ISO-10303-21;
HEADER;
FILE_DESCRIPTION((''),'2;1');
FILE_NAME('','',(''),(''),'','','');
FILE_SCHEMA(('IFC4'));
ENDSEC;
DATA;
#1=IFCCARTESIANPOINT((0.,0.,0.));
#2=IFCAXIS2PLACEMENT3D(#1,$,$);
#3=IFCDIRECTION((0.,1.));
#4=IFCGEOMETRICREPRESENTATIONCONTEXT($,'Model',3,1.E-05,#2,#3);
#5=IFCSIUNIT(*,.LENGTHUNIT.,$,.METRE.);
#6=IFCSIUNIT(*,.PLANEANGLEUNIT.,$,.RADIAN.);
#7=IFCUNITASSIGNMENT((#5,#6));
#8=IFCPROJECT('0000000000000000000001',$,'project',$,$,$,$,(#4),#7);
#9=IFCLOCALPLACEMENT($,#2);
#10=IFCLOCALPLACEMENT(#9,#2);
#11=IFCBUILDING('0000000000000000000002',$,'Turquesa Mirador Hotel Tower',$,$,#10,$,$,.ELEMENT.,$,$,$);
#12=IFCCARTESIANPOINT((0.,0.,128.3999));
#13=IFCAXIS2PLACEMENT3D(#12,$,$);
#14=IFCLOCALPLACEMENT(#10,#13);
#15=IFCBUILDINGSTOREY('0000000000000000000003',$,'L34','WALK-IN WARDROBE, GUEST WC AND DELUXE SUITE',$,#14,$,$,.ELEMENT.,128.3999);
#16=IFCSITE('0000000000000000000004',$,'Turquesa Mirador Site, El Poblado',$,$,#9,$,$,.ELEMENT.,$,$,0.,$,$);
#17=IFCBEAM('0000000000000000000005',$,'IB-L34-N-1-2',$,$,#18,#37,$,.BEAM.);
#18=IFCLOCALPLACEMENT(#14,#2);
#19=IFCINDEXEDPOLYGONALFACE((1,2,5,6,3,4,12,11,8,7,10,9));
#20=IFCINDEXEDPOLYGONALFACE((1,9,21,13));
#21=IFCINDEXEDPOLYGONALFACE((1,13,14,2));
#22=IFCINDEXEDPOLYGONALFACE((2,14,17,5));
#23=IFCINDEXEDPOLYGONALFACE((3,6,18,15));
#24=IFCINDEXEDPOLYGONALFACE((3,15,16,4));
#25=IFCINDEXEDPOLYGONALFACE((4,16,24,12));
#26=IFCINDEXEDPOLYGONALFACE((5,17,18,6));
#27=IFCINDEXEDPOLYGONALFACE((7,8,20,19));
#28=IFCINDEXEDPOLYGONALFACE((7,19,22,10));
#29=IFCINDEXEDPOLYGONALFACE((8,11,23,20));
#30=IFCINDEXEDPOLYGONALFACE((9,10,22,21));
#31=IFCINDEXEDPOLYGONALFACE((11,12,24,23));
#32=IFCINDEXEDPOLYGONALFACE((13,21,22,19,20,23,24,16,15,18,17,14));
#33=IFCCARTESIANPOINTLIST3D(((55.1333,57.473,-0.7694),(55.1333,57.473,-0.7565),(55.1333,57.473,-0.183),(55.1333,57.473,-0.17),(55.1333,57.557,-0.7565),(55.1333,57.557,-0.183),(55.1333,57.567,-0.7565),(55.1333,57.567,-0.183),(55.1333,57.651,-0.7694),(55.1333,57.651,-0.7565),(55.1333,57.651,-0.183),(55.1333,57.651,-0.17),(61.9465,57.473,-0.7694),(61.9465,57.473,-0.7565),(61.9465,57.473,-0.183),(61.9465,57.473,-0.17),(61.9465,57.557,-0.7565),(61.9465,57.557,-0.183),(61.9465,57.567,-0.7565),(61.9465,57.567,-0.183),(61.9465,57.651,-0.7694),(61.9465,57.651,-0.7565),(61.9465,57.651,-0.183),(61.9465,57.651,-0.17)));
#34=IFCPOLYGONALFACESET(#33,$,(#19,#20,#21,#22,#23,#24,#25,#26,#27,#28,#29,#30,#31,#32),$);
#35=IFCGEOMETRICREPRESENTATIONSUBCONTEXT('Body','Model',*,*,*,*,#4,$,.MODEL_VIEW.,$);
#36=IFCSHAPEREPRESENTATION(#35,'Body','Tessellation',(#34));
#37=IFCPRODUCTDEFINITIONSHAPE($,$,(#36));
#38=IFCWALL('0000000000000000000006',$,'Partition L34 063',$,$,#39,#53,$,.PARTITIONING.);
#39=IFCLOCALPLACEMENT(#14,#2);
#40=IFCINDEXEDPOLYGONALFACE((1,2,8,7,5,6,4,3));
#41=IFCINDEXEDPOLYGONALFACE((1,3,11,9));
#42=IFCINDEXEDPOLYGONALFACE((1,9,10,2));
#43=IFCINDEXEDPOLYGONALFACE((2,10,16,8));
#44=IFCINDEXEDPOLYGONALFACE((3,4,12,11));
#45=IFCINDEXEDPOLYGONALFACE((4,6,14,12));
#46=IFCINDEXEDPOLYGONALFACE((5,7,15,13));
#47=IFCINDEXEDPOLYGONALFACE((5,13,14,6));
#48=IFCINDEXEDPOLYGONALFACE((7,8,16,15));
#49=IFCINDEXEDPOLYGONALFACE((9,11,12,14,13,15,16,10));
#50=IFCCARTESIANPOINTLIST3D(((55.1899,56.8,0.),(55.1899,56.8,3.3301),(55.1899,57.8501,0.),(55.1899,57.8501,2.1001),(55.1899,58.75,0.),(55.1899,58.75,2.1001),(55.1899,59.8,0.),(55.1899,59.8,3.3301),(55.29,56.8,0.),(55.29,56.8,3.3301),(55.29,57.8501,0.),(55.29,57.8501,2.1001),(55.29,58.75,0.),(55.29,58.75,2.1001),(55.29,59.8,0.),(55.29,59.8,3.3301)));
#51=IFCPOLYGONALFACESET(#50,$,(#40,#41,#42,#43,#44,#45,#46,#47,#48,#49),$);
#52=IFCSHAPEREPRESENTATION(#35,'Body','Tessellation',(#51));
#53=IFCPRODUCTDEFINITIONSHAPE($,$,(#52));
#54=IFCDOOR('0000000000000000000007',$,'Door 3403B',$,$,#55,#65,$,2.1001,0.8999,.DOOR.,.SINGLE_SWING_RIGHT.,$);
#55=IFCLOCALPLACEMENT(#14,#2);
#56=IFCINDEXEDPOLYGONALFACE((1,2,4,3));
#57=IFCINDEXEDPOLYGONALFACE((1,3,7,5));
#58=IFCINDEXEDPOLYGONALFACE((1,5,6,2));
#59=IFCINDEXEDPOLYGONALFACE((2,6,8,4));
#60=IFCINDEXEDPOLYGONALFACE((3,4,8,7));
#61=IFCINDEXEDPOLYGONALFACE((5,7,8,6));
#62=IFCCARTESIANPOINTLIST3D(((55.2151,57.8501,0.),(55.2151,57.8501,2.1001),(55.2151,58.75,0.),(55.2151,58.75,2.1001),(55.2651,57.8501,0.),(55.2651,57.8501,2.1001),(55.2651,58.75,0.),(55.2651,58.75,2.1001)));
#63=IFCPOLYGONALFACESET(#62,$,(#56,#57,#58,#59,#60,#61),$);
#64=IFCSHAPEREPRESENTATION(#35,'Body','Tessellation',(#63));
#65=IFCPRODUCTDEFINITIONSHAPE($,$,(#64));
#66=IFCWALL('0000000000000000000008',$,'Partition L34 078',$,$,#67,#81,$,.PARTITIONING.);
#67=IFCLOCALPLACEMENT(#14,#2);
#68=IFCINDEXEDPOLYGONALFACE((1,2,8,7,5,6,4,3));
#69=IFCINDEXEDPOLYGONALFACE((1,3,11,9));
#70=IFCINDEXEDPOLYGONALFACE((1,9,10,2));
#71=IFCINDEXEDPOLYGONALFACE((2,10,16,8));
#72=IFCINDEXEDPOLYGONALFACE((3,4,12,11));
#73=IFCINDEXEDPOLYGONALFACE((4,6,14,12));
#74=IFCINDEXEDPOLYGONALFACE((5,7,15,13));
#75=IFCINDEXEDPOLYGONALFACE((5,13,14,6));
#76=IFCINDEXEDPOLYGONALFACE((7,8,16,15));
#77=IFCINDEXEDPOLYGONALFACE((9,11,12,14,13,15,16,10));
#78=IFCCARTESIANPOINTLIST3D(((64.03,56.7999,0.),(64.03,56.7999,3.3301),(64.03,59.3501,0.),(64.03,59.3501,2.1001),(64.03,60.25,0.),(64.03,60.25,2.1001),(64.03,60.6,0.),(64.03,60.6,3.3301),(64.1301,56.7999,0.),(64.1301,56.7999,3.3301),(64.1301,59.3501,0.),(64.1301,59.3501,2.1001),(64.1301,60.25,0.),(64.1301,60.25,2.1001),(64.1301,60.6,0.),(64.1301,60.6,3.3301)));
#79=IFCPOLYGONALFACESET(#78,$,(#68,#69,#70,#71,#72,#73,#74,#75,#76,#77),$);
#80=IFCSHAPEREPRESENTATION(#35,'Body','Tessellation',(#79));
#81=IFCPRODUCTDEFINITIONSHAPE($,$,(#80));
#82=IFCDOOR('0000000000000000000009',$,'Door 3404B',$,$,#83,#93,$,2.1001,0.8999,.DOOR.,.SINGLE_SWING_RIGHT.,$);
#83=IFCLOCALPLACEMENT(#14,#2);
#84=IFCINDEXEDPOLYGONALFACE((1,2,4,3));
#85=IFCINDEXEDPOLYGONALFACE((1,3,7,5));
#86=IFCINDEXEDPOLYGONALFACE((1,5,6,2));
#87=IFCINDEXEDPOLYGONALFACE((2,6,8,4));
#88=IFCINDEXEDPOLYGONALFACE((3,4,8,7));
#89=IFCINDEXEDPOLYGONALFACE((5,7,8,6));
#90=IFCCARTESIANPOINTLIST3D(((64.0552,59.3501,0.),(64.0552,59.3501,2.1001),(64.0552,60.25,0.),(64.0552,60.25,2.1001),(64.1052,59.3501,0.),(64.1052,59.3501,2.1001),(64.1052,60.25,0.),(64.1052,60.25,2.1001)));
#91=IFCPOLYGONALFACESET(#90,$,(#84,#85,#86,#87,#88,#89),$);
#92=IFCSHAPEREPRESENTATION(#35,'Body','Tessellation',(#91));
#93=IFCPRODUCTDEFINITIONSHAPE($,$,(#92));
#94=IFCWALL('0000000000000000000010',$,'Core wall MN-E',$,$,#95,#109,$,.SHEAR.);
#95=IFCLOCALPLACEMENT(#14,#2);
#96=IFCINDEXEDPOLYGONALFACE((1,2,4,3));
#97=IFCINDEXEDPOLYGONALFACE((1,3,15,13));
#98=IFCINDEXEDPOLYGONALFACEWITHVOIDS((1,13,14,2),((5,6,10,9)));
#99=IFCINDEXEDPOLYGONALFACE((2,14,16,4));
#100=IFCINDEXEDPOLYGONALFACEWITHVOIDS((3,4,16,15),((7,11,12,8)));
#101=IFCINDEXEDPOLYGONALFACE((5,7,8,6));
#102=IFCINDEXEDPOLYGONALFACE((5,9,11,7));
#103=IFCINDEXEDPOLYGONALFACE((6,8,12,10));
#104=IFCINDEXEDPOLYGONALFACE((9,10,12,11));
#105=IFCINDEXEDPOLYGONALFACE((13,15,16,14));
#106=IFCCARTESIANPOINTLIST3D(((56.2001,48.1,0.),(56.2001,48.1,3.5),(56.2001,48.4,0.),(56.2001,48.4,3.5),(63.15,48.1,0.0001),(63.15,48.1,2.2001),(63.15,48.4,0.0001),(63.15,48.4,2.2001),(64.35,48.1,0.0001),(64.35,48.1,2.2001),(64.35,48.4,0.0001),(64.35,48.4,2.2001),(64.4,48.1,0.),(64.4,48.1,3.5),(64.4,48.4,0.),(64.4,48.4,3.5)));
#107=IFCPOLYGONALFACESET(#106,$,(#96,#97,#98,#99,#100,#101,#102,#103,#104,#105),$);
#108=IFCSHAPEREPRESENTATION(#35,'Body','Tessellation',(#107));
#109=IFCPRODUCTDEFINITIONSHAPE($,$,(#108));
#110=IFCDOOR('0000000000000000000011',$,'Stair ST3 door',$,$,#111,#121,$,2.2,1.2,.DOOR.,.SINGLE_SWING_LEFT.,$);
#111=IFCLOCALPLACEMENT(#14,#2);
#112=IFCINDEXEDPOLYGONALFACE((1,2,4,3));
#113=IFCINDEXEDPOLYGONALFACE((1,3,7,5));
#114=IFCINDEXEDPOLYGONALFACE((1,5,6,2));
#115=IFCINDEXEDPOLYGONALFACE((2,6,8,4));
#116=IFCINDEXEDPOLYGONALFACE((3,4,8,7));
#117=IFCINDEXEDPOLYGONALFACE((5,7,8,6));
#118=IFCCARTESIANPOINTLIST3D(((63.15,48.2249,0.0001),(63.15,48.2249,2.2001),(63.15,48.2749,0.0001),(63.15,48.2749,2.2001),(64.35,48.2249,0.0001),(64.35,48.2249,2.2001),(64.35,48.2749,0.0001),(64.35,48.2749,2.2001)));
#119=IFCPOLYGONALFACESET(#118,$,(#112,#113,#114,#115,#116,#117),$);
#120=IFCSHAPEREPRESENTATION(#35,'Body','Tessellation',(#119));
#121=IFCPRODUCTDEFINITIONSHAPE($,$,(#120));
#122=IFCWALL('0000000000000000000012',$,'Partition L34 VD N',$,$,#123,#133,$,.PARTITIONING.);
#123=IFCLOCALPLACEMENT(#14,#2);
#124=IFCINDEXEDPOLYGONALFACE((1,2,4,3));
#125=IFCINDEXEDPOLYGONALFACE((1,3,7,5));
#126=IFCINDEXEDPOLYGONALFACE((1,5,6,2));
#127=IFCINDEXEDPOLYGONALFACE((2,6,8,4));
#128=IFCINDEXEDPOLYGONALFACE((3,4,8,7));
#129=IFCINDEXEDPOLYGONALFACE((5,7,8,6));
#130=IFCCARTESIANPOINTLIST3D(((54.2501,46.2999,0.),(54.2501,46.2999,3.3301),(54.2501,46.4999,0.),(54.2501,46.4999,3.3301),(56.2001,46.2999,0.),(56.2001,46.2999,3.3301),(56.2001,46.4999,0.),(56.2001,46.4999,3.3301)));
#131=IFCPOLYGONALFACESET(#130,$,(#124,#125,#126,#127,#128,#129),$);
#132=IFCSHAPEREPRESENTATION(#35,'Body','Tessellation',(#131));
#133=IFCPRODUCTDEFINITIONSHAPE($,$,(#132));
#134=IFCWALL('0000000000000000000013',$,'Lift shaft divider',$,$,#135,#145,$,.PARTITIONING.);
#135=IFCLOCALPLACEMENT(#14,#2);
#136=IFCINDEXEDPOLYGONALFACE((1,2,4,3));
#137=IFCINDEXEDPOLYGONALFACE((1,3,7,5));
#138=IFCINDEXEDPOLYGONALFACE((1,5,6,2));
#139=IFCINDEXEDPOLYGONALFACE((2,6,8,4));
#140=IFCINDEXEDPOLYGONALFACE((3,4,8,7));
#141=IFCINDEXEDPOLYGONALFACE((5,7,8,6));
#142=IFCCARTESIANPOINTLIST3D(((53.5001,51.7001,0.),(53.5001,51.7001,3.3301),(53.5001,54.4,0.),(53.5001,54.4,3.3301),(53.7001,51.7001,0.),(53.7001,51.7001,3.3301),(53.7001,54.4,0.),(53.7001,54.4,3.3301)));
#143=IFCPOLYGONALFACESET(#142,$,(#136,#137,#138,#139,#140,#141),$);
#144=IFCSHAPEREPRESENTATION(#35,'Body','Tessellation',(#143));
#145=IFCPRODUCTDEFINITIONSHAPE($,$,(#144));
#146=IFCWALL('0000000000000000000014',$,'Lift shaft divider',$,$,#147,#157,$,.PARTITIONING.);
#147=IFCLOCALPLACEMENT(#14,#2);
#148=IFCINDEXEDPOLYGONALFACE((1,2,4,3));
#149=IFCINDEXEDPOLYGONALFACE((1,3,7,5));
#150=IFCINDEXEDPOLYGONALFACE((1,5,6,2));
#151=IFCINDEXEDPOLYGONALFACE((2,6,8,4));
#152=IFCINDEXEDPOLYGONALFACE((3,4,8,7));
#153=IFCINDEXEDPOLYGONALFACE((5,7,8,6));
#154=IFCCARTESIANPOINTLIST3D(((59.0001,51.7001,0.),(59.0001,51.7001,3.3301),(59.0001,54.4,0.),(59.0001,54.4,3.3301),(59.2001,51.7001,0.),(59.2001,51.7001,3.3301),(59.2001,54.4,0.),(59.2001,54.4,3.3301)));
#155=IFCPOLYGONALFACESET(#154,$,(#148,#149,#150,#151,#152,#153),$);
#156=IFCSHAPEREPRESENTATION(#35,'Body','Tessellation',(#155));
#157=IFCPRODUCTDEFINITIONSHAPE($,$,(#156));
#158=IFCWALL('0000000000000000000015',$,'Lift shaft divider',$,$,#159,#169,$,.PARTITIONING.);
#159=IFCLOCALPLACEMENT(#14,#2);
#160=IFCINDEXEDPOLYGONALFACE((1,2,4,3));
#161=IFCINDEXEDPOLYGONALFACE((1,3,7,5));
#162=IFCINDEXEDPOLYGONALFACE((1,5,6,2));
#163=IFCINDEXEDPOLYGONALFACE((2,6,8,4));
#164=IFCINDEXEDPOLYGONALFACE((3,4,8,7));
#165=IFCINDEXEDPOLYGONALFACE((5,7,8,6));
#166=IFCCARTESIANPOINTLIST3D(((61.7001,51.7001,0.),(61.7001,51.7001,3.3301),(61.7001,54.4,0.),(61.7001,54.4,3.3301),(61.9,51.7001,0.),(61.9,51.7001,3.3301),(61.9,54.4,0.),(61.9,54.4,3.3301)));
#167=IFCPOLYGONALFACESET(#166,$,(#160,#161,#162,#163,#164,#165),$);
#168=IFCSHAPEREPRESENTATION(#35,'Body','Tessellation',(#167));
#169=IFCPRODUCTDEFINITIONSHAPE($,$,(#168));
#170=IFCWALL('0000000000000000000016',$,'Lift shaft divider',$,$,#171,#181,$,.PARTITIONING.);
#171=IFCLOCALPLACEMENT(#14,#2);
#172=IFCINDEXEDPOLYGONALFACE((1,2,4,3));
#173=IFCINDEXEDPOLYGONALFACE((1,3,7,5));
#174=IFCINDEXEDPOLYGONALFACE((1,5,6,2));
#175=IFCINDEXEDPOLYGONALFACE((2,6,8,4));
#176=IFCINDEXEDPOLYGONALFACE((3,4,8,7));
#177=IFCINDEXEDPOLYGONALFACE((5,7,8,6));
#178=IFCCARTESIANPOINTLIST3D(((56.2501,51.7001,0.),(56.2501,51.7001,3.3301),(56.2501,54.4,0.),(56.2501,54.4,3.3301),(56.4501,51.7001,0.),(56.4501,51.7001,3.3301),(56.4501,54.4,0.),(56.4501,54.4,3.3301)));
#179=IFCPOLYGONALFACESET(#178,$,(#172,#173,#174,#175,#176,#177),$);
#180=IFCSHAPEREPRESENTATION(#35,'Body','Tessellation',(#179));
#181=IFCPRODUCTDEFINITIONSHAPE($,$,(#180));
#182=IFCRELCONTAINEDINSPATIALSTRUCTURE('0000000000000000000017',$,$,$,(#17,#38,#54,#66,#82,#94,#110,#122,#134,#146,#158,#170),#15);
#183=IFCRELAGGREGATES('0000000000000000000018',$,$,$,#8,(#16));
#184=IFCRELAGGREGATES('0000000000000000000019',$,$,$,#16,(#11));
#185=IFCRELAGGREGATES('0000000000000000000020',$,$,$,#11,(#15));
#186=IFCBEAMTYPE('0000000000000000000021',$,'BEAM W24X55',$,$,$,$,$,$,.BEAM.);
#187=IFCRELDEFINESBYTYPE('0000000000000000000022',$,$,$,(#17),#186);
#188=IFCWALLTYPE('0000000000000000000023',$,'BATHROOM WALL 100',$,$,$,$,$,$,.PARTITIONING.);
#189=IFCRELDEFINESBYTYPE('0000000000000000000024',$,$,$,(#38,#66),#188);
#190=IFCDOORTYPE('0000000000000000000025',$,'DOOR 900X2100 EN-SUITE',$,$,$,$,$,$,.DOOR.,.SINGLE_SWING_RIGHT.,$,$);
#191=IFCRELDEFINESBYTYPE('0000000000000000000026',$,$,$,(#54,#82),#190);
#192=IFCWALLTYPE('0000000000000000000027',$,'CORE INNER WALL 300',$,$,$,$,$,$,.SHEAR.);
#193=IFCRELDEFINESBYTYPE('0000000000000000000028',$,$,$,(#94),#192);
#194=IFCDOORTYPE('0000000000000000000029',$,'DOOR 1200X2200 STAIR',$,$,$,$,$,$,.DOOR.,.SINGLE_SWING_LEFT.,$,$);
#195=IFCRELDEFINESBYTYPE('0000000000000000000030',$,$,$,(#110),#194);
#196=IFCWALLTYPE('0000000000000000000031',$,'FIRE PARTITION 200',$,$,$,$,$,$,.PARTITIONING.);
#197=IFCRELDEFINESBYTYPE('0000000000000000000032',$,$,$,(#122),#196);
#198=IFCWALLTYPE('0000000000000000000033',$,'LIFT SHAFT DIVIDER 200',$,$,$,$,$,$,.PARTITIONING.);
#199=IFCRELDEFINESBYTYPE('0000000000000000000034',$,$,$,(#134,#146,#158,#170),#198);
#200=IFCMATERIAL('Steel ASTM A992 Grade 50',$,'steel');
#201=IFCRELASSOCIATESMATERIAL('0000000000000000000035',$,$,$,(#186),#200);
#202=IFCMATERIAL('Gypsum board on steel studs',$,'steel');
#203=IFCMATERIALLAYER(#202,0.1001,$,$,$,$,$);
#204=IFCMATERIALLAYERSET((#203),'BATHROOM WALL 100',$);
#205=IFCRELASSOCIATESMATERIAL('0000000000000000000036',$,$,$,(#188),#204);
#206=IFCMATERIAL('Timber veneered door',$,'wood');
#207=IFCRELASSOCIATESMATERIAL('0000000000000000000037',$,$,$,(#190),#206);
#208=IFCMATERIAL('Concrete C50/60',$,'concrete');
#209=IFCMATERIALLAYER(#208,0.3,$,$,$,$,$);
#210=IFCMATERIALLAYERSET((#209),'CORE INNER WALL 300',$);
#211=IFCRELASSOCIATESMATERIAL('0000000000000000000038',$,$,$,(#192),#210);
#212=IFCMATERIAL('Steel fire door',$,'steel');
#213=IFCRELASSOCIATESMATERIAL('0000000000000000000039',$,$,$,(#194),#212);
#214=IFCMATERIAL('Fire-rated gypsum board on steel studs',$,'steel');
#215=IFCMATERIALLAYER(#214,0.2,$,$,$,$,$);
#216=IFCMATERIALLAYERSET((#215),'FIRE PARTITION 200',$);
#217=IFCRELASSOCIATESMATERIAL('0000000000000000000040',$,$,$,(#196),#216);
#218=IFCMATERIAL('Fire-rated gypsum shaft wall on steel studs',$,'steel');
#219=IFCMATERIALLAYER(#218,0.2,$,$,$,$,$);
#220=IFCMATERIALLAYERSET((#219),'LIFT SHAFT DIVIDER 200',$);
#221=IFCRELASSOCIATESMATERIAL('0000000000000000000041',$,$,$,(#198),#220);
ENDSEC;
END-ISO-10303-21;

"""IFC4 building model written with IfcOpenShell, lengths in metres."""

from ifc_helpers import new_model, si_unit, direction, frame, frame_2d, origin, origin_2d, place, context, subcontext, project, spatial, rectangle, i_section, extrude, material, layer, layer_set, material_profile, profile_set, type_object, element, fill, save


model = new_model("IFC4")

# Units and contexts
model_context = context("Model", 3, precision=1e-05, world=origin(), true_north=direction((0.0, 1.0)))
body_context = subcontext(model_context, "Body", "Model", "MODEL_VIEW")
ifc_project = project(units=[si_unit("LENGTHUNIT", "METRE"), si_unit("PLANEANGLEUNIT", "RADIAN")], contexts=[model_context])

# Site, building, storey
site_placement = place(None, origin())
site = spatial("IfcSite", under=ifc_project, at=site_placement, Name="Turquesa Mirador Site, El Poblado", CompositionType="ELEMENT", RefElevation=0.0)
building_placement = place(site_placement, origin())
building = spatial("IfcBuilding", under=site, at=building_placement, Name="Turquesa Mirador Hotel Tower", CompositionType="ELEMENT")
storey_placement = place(building_placement, frame((0.0, 0.0, 128.3999)))
storey = spatial("IfcBuildingStorey", under=building, at=storey_placement, Name="L34", Description="WALK-IN WARDROBE, GUEST WC AND DELUXE SUITE", CompositionType="ELEMENT", Elevation=128.3999)

# Beam
ifc_material_1 = material(Name="Steel ASTM A992 Grade 50", Category="steel")
ifc_material_profile = material_profile(ifc_material_1, i_section(OverallWidth=0.178, OverallDepth=0.5994, WebThickness=0.01, FlangeThickness=0.0129, at=origin_2d()), Name="W24X55")
ifc_profile_set = profile_set([ifc_material_profile], Name="Steel ASTM A992 Grade 50")
beam_type = type_object("IfcBeamType", Name="BEAM W24X55", PredefinedType="BEAM", material=ifc_profile_set)
beam_placement = place(storey_placement, frame((55.1333, 57.562, -0.4697), z_axis=(1.0, 0.0, 0.0), x_axis=(0.0, 1.0, 0.0)))
element("IfcBeam", 1, at=beam_placement, inside=storey, type_object=beam_type, Name="IB-L34-N-1-2", PredefinedType="BEAM", context=body_context, shape_type="SweptSolid", body=[
    extrude(i_section(OverallWidth=0.178, OverallDepth=0.5994, WebThickness=0.01, FlangeThickness=0.0129, at=origin_2d()), origin(), (0.0, 0.0, 1.0), 6.8132),
])

# Walls, openings, doors
ifc_material_2 = material(Name="Gypsum board on steel studs", Category="steel")
ifc_layer_1 = layer(ifc_material_2, 0.1001)
ifc_layer_set_1 = layer_set([ifc_layer_1], Name="BATHROOM WALL 100")
wall_type_1 = type_object("IfcWallType", Name="BATHROOM WALL 100", PredefinedType="PARTITIONING", material=ifc_layer_set_1)
wall_1_placement = place(storey_placement, frame((55.24, 56.8, 0.0), z_axis=(0.0, 0.0, 1.0), x_axis=(0.0, 1.0, 0.0)))
wall_1 = element("IfcWall", 2, at=wall_1_placement, inside=storey, type_object=wall_type_1, Name="Partition L34 063", PredefinedType="PARTITIONING", context=body_context, shape_type="SweptSolid", body=[
    extrude(rectangle(XDim=3.0, YDim=0.1001, at=frame_2d((1.5, 0.0))), origin(), (0.0, 0.0, 1.0), 3.3301),
])
opening_1_placement = place(wall_1_placement, frame((1.05, 0.0, 0.0)))
opening_1 = element("IfcOpeningElement", 3, at=opening_1_placement, cuts=wall_1, PredefinedType="OPENING", context=body_context, shape_type="SweptSolid", body=[
    extrude(rectangle(XDim=0.8999, YDim=2.1001, at=frame_2d((0.45, 1.05))), frame((0.0, 0.0601, 0.0), z_axis=(0.0, -1.0, 0.0), x_axis=(1.0, 0.0, 0.0)), (0.0, 0.0, 1.0), 0.1201),
])
ifc_material_3 = material(Name="Timber veneered door", Category="wood")
door_type_1 = type_object("IfcDoorType", Name="DOOR 900X2100 EN-SUITE", OperationType="SINGLE_SWING_RIGHT", PredefinedType="DOOR", material=ifc_material_3)
door_1_placement = place(opening_1_placement, origin())
door_1 = element("IfcDoor", 4, at=door_1_placement, inside=storey, type_object=door_type_1, Name="Door 3403B", OperationType="SINGLE_SWING_RIGHT", OverallHeight=2.1001, OverallWidth=0.8999, PredefinedType="DOOR", context=body_context, shape_type="SweptSolid", body=[
    extrude(rectangle(XDim=0.8999, YDim=2.1001, at=frame_2d((0.45, 1.05))), frame((0.0, 0.0249, 0.0), z_axis=(0.0, -1.0, 0.0), x_axis=(1.0, 0.0, 0.0)), (0.0, 0.0, 1.0), 0.05),
])
fill(opening_1, door_1)
wall_2_placement = place(storey_placement, frame((64.0801, 56.8, 0.0), z_axis=(0.0, 0.0, 1.0), x_axis=(0.0, 1.0, 0.0)))
wall_2 = element("IfcWall", 5, at=wall_2_placement, inside=storey, type_object=wall_type_1, Name="Partition L34 078", PredefinedType="PARTITIONING", context=body_context, shape_type="SweptSolid", body=[
    extrude(rectangle(XDim=3.8, YDim=0.1001, at=frame_2d((1.8999, 0.0))), origin(), (0.0, 0.0, 1.0), 3.3301),
])
opening_2_placement = place(wall_2_placement, frame((2.55, 0.0, 0.0)))
opening_2 = element("IfcOpeningElement", 6, at=opening_2_placement, cuts=wall_2, PredefinedType="OPENING", context=body_context, shape_type="SweptSolid", body=[
    extrude(rectangle(XDim=0.8999, YDim=2.1001, at=frame_2d((0.45, 1.05))), frame((0.0, 0.0601, 0.0), z_axis=(0.0, -1.0, 0.0), x_axis=(1.0, 0.0, 0.0)), (0.0, 0.0, 1.0), 0.1201),
])
door_2_placement = place(opening_2_placement, origin())
door_2 = element("IfcDoor", 7, at=door_2_placement, inside=storey, type_object=door_type_1, Name="Door 3404B", OperationType="SINGLE_SWING_RIGHT", OverallHeight=2.1001, OverallWidth=0.8999, PredefinedType="DOOR", context=body_context, shape_type="SweptSolid", body=[
    extrude(rectangle(XDim=0.8999, YDim=2.1001, at=frame_2d((0.45, 1.05))), frame((0.0, 0.0249, 0.0), z_axis=(0.0, -1.0, 0.0), x_axis=(1.0, 0.0, 0.0)), (0.0, 0.0, 1.0), 0.05),
])
fill(opening_2, door_2)
ifc_material_4 = material(Name="Concrete C50/60", Category="concrete")
ifc_layer_2 = layer(ifc_material_4, 0.3)
ifc_layer_set_2 = layer_set([ifc_layer_2], Name="CORE INNER WALL 300")
wall_type_2 = type_object("IfcWallType", Name="CORE INNER WALL 300", PredefinedType="SHEAR", material=ifc_layer_set_2)
wall_3_placement = place(storey_placement, frame((56.2, 48.25, 0.0), z_axis=(0.0, 0.0, 1.0), x_axis=(1.0, 0.0, 0.0)))
wall_3 = element("IfcWall", 8, at=wall_3_placement, inside=storey, type_object=wall_type_2, Name="Core wall MN-E", PredefinedType="SHEAR", context=body_context, shape_type="SweptSolid", body=[
    extrude(rectangle(XDim=8.2, YDim=0.3, at=frame_2d((4.1001, 0.0))), origin(), (0.0, 0.0, 1.0), 3.5),
])
opening_3_placement = place(wall_3_placement, frame((6.95, 0.0, 0.0)))
opening_3 = element("IfcOpeningElement", 9, at=opening_3_placement, cuts=wall_3, PredefinedType="OPENING", context=body_context, shape_type="SweptSolid", body=[
    extrude(rectangle(XDim=1.2, YDim=2.2, at=frame_2d((0.6001, 1.1001))), frame((0.0, 0.1599, 0.0), z_axis=(0.0, -1.0, 0.0), x_axis=(1.0, 0.0, 0.0)), (0.0, 0.0, 1.0), 0.3201),
])
ifc_material_5 = material(Name="Steel fire door", Category="steel")
door_type_2 = type_object("IfcDoorType", Name="DOOR 1200X2200 STAIR", OperationType="SINGLE_SWING_LEFT", PredefinedType="DOOR", material=ifc_material_5)
door_3_placement = place(opening_3_placement, origin())
door_3 = element("IfcDoor", 10, at=door_3_placement, inside=storey, type_object=door_type_2, Name="Stair ST3 door", OperationType="SINGLE_SWING_LEFT", OverallHeight=2.2, OverallWidth=1.2, PredefinedType="DOOR", context=body_context, shape_type="SweptSolid", body=[
    extrude(rectangle(XDim=1.2, YDim=2.2, at=frame_2d((0.6001, 1.1001))), frame((0.0, 0.0249, 0.0), z_axis=(0.0, -1.0, 0.0), x_axis=(1.0, 0.0, 0.0)), (0.0, 0.0, 1.0), 0.05),
])
fill(opening_3, door_3)

# Walls
ifc_material_6 = material(Name="Fire-rated gypsum board on steel studs", Category="steel")
ifc_layer_3 = layer(ifc_material_6, 0.2)
ifc_layer_set_3 = layer_set([ifc_layer_3], Name="FIRE PARTITION 200")
wall_type_3 = type_object("IfcWallType", Name="FIRE PARTITION 200", PredefinedType="PARTITIONING", material=ifc_layer_set_3)
wall_4_placement = place(storey_placement, frame((54.25, 46.3999, 0.0), z_axis=(0.0, 0.0, 1.0), x_axis=(1.0, 0.0, 0.0)))
element("IfcWall", 11, at=wall_4_placement, inside=storey, type_object=wall_type_3, Name="Partition L34 VD N", PredefinedType="PARTITIONING", context=body_context, shape_type="SweptSolid", body=[
    extrude(rectangle(XDim=1.95, YDim=0.2, at=frame_2d((0.9751, 0.0))), origin(), (0.0, 0.0, 1.0), 3.3301),
])
ifc_material_7 = material(Name="Fire-rated gypsum shaft wall on steel studs", Category="steel")
ifc_layer_4 = layer(ifc_material_7, 0.2)
ifc_layer_set_4 = layer_set([ifc_layer_4], Name="LIFT SHAFT DIVIDER 200")
wall_type_4 = type_object("IfcWallType", Name="LIFT SHAFT DIVIDER 200", PredefinedType="PARTITIONING", material=ifc_layer_set_4)
for number, where, z_axis, x_axis, name in (
    (12, (53.6001, 51.7, 0.0), (0.0, 0.0, 1.0), (0.0, 1.0, 0.0), "Lift shaft divider"),
    (13, (59.1001, 51.7, 0.0), (0.0, 0.0, 1.0), (0.0, 1.0, 0.0), "Lift shaft divider"),
    (14, (61.8, 51.7, 0.0), (0.0, 0.0, 1.0), (0.0, 1.0, 0.0), "Lift shaft divider"),
    (15, (56.3501, 51.7, 0.0), (0.0, 0.0, 1.0), (0.0, 1.0, 0.0), "Lift shaft divider"),
):
    element("IfcWall", number, at=place(storey_placement, frame(where, z_axis=z_axis, x_axis=x_axis)), inside=storey, type_object=wall_type_4, Name=name, PredefinedType="PARTITIONING", context=body_context, shape_type="SweptSolid", body=[
        extrude(rectangle(XDim=2.7, YDim=0.2, at=frame_2d((1.3501, 0.0))), origin(), (0.0, 0.0, 1.0), 3.3301),
    ])

save(model, "model.ifc")
